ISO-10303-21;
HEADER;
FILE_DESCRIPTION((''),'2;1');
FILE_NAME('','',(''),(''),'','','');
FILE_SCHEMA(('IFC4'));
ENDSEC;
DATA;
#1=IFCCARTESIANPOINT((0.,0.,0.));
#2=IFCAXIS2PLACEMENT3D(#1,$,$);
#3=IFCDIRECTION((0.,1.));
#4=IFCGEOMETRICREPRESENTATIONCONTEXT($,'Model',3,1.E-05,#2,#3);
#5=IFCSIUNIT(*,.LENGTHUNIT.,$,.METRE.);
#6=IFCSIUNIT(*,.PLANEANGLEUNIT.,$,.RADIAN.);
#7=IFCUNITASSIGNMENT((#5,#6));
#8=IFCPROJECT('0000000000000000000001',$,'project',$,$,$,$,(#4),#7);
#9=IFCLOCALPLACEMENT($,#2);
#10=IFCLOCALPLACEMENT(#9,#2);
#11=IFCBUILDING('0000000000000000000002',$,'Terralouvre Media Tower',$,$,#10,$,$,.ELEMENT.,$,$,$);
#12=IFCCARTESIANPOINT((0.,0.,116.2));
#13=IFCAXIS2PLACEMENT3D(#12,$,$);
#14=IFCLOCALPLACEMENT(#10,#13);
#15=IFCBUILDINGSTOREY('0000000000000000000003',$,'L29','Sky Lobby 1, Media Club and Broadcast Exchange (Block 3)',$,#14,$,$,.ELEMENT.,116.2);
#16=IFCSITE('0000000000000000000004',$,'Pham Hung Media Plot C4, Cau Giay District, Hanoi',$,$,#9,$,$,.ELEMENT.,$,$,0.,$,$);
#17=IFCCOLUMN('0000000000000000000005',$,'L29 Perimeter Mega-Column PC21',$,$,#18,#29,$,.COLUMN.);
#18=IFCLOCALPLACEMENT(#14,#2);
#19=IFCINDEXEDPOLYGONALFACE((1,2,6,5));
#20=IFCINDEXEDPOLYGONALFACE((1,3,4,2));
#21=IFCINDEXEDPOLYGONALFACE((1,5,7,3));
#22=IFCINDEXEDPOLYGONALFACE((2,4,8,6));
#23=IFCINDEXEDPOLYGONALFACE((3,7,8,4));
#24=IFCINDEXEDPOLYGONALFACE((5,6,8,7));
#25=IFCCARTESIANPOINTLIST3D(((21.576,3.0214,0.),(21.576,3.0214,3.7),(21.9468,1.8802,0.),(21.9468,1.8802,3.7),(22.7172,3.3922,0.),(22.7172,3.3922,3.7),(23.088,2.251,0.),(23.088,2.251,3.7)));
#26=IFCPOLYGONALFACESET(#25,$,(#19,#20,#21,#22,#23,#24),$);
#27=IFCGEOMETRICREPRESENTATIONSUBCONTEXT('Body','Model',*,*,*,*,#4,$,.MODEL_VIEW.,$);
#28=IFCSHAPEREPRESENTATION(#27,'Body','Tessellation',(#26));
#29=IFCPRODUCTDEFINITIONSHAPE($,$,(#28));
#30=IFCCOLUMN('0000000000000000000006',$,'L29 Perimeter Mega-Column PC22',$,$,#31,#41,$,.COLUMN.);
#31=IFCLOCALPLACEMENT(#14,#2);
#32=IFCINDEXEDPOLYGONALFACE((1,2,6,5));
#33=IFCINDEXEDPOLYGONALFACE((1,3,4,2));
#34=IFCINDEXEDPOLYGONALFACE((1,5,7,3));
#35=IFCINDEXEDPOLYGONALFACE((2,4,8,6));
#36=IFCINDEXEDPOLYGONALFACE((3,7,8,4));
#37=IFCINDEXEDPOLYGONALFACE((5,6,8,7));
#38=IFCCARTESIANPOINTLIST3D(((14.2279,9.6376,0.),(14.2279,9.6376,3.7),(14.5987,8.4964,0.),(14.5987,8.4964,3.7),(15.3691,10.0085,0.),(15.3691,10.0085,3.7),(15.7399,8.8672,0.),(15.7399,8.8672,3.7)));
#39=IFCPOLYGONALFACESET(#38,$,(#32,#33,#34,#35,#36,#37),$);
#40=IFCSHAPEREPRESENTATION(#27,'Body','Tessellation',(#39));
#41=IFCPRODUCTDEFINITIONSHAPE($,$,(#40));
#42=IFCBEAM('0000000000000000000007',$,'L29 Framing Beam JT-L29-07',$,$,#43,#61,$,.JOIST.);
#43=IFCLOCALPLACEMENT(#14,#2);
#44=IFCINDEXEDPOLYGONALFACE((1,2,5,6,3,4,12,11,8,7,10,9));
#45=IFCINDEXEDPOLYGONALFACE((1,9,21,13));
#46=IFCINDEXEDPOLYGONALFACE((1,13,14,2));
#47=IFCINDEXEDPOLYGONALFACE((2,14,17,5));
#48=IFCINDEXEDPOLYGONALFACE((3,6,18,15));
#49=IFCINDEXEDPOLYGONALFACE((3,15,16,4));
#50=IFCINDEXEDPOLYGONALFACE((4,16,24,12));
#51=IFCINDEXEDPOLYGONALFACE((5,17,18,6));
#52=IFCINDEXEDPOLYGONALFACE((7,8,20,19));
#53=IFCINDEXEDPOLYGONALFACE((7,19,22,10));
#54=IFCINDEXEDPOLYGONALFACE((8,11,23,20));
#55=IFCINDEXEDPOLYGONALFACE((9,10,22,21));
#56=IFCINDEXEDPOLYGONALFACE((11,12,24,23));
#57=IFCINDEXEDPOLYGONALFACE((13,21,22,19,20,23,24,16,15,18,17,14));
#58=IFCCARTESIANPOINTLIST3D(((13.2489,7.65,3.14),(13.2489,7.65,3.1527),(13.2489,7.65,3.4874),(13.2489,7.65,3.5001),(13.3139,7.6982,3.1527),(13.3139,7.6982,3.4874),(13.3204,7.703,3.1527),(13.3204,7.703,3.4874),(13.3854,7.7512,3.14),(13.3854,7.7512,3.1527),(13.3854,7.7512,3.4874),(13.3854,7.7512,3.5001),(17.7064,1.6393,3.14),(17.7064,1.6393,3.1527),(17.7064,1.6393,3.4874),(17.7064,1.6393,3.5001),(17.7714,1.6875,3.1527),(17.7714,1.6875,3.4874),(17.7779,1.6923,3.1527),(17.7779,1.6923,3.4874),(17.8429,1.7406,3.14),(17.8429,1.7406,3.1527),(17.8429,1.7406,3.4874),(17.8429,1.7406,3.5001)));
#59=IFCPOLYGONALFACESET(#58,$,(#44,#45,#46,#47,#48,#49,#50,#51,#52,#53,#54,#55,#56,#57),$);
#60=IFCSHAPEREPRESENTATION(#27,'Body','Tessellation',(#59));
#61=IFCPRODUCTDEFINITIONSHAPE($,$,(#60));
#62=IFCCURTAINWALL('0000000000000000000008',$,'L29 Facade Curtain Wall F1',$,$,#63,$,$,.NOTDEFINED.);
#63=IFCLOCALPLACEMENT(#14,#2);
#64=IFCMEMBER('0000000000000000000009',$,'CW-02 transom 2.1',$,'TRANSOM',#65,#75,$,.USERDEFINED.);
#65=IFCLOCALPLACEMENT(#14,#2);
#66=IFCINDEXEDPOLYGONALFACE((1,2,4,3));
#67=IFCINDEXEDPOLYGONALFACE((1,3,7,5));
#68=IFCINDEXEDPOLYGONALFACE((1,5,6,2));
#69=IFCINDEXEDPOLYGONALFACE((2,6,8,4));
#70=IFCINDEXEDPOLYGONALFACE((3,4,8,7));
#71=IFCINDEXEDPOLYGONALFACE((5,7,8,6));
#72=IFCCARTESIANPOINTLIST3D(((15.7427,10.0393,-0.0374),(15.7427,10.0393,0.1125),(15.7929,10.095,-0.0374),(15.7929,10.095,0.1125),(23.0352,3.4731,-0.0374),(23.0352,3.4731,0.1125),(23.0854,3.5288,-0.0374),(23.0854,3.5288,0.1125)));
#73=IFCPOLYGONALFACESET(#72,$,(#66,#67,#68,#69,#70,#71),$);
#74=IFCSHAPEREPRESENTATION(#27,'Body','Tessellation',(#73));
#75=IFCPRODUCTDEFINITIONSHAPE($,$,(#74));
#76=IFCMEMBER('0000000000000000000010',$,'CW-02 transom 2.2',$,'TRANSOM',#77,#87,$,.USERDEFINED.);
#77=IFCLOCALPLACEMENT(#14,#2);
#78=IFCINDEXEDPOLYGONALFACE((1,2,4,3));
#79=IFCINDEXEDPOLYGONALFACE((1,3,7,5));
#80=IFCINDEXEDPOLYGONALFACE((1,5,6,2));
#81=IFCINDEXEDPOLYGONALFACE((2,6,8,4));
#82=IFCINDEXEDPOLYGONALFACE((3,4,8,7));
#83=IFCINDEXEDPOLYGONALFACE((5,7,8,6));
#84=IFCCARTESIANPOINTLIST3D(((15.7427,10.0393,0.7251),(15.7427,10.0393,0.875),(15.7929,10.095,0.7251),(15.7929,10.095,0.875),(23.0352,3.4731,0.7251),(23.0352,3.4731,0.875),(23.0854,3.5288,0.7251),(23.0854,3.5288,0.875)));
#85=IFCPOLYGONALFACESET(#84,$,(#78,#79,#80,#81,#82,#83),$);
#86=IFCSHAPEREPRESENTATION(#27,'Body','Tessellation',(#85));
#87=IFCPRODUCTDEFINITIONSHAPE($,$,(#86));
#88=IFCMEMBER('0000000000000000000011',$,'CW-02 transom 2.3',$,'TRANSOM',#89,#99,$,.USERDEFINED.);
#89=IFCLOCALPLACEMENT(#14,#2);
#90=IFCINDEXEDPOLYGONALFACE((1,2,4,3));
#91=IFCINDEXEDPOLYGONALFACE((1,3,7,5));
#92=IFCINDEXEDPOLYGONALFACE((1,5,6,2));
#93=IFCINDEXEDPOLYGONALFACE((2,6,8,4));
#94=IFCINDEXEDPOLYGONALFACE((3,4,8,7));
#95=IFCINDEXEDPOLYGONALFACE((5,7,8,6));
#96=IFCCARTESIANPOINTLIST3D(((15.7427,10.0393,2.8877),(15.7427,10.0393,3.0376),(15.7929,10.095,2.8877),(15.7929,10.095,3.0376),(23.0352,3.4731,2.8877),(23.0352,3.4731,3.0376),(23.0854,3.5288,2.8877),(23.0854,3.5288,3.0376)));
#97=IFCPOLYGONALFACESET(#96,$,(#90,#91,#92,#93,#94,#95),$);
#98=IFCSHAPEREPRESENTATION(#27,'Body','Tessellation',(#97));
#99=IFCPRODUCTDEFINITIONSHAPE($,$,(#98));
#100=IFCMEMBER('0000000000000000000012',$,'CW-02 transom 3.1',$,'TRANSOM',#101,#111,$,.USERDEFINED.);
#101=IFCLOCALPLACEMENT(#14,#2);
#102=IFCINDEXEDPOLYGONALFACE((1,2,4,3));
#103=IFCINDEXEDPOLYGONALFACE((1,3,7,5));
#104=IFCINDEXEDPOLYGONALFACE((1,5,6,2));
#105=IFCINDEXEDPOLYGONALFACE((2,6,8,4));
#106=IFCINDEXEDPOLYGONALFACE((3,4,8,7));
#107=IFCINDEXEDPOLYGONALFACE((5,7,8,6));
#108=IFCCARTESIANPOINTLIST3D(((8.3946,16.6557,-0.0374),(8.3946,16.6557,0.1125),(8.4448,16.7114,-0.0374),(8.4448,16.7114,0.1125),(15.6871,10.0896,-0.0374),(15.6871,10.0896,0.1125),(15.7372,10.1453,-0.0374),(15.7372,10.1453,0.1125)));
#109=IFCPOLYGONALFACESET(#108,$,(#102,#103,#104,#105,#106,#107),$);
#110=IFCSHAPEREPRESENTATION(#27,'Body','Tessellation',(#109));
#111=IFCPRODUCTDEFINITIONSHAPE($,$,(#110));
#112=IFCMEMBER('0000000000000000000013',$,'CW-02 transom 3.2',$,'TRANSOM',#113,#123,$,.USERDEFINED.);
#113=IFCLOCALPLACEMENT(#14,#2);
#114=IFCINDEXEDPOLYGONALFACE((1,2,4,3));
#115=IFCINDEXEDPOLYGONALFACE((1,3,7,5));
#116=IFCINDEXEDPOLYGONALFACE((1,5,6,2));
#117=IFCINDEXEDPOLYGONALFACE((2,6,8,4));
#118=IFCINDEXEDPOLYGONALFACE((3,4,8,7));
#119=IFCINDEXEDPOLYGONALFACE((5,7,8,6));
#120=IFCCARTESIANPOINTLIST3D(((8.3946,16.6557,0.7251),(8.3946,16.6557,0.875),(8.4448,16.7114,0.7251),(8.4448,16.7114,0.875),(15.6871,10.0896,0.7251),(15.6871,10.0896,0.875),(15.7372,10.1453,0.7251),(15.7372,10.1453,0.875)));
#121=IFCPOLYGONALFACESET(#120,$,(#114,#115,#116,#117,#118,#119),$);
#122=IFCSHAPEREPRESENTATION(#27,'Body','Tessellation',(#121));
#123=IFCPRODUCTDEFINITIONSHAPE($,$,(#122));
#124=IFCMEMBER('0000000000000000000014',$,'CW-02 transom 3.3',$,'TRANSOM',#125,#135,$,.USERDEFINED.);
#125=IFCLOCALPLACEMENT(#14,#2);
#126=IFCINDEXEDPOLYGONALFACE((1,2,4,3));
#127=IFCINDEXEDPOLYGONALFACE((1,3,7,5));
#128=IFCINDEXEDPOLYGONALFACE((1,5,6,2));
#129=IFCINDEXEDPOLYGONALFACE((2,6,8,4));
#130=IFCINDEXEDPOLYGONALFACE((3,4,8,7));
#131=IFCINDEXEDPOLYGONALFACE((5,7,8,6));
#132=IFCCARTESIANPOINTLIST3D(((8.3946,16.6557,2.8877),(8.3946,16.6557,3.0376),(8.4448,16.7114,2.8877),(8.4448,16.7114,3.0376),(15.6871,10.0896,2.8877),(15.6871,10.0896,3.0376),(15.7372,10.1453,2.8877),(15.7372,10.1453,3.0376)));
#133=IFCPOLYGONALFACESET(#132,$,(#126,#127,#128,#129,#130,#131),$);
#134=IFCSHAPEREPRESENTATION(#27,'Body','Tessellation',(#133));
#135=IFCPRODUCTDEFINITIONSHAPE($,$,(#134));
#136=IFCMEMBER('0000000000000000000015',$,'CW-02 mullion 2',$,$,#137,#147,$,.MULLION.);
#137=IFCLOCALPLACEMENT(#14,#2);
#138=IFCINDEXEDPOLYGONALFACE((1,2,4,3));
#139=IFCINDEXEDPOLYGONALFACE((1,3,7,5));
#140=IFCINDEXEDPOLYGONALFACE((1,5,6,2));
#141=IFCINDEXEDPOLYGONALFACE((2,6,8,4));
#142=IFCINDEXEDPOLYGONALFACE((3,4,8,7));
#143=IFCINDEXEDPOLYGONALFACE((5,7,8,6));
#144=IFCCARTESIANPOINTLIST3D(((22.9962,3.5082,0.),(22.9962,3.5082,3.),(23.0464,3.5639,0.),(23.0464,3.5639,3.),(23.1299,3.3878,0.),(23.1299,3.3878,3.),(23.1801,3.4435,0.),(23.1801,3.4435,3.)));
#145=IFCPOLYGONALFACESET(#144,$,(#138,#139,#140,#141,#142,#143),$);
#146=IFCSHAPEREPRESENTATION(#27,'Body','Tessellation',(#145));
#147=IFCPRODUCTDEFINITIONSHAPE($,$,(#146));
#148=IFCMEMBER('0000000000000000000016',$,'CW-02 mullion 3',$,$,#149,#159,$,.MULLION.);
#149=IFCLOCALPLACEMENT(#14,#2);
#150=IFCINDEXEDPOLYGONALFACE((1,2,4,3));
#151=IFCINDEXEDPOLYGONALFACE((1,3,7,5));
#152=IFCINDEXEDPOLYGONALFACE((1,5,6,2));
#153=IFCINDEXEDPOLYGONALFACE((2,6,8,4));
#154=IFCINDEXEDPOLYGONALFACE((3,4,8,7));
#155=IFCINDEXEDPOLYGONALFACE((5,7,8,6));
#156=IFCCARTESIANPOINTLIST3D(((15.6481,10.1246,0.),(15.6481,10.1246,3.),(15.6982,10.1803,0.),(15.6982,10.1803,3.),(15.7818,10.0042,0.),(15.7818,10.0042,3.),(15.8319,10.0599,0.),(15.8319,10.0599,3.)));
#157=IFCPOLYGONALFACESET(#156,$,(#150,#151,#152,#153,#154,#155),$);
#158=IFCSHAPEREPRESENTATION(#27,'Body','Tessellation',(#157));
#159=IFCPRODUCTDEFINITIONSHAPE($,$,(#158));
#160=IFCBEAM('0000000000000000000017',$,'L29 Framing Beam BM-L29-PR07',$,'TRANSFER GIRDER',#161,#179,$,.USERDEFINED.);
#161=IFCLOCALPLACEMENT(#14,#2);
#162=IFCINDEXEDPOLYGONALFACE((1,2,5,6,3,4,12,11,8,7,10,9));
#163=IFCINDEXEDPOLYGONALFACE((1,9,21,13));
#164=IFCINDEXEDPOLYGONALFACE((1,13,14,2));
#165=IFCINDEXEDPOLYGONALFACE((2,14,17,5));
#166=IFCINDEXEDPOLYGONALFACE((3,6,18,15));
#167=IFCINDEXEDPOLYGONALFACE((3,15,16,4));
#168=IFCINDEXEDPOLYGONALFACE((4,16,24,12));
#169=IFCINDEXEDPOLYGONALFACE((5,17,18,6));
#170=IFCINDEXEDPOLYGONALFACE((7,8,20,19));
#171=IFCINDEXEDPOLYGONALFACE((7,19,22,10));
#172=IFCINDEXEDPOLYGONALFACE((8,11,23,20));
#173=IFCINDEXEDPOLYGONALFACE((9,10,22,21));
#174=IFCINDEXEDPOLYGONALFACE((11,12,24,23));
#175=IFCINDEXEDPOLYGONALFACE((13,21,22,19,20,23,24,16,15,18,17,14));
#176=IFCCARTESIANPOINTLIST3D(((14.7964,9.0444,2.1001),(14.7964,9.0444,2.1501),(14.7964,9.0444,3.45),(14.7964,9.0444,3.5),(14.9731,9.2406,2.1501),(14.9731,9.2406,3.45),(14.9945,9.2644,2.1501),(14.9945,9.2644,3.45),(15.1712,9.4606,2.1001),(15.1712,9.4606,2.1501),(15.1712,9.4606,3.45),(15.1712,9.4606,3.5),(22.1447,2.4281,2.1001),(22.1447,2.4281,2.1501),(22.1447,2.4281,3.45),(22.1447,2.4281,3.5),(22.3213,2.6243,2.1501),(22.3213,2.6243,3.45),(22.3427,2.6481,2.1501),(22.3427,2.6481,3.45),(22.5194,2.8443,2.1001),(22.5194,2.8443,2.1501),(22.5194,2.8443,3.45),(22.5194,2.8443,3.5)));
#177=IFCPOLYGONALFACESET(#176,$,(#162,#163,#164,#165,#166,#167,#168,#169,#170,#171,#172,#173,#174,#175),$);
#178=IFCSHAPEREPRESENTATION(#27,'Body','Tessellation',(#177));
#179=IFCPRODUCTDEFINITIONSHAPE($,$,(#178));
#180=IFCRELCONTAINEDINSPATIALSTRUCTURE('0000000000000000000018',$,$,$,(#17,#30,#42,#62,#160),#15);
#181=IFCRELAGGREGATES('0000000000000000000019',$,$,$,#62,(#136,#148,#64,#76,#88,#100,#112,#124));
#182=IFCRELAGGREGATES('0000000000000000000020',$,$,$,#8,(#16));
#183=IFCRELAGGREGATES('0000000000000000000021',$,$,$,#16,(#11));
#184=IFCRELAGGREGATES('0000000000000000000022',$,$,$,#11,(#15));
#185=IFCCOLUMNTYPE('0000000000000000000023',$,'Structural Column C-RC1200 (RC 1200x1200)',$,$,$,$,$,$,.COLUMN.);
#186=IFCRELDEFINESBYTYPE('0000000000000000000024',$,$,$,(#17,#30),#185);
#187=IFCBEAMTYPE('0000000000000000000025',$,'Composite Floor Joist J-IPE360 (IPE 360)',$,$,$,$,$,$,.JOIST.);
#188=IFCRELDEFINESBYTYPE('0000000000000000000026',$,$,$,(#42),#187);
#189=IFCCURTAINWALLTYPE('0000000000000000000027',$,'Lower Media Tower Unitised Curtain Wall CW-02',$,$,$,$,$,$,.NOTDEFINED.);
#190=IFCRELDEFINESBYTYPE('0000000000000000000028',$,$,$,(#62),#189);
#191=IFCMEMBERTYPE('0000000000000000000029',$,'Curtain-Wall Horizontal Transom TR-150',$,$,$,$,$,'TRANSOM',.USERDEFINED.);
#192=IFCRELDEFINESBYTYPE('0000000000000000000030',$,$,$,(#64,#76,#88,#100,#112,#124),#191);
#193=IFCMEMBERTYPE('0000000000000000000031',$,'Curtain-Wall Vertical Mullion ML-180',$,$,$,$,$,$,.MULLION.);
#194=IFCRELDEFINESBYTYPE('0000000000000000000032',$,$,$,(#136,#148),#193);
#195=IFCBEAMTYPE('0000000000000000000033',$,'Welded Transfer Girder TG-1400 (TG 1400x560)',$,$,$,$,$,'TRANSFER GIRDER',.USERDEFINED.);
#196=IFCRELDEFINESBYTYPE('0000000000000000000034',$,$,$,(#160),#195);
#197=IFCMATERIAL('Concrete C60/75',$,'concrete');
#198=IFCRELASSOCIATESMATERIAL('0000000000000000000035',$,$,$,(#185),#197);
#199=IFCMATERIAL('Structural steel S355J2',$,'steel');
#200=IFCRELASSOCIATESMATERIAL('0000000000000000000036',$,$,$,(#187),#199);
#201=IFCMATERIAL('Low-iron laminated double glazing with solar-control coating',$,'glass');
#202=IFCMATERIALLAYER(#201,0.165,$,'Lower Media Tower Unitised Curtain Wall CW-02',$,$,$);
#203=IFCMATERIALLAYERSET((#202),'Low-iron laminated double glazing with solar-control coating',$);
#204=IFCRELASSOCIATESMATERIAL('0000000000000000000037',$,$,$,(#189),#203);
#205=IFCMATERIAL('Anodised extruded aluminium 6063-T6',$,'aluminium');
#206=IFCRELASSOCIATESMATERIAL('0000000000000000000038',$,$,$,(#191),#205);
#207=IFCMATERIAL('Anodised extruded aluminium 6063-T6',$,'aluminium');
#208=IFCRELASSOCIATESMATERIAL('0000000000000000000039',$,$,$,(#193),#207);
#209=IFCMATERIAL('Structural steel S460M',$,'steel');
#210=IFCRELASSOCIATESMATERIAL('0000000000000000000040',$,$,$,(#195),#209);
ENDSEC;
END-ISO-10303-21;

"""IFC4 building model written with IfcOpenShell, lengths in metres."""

from ifc_helpers import new_model, si_unit, direction, frame, origin, origin_2d, place, context, subcontext, project, spatial, rectangle, i_section, extrude, material, layer, layer_set, material_profile, profile_set, type_object, element, aggregate, save


model = new_model("IFC4")

# Units and contexts
model_context = context("Model", 3, precision=1e-05, world=origin(), true_north=direction((0.0, 1.0)))
body_context = subcontext(model_context, "Body", "Model", "MODEL_VIEW")
ifc_project = project(units=[si_unit("LENGTHUNIT", "METRE"), si_unit("PLANEANGLEUNIT", "RADIAN")], contexts=[model_context])

# Site, building, storey
site_placement = place(None, origin())
site = spatial("IfcSite", under=ifc_project, at=site_placement, Name="Pham Hung Media Plot C4, Cau Giay District, Hanoi", CompositionType="ELEMENT", RefElevation=0.0)
building_placement = place(site_placement, origin())
building = spatial("IfcBuilding", under=site, at=building_placement, Name="Terralouvre Media Tower", CompositionType="ELEMENT")
storey_placement = place(building_placement, frame((0.0, 0.0, 116.2)))
storey = spatial("IfcBuildingStorey", under=building, at=storey_placement, Name="L29", Description="Sky Lobby 1, Media Club and Broadcast Exchange (Block 3)", CompositionType="ELEMENT", Elevation=116.2)

# Columns
ifc_material_1 = material(Name="Concrete C60/75", Category="concrete")
ifc_material_profile_1 = material_profile(ifc_material_1, rectangle(XDim=1.2, YDim=1.2, at=origin_2d()), Name="RC 1200x1200")
ifc_profile_set_1 = profile_set([ifc_material_profile_1], Name="Concrete C60/75")
column_type = type_object("IfcColumnType", Name="Structural Column C-RC1200 (RC 1200x1200)", PredefinedType="COLUMN", material=ifc_profile_set_1)
for number, where, z_axis, x_axis, name in (
    (1, (22.332, 2.6362, 0.0), (0.0, 0.0, 1.0), (0.951057, 0.309017, 0.0), "L29 Perimeter Mega-Column PC21"),
    (2, (14.9839, 9.2524, 0.0), (0.0, 0.0, 1.0), (0.951057, 0.309017, 0.0), "L29 Perimeter Mega-Column PC22"),
):
    element("IfcColumn", number, at=place(storey_placement, frame(where, z_axis=z_axis, x_axis=x_axis)), inside=storey, type_object=column_type, Name=name, PredefinedType="COLUMN", context=body_context, shape_type="SweptSolid", body=[
        extrude(rectangle(XDim=1.2, YDim=1.2, at=origin_2d()), origin(), (0.0, 0.0, 1.0), 3.7),
    ])

# Beam
ifc_material_2 = material(Name="Structural steel S355J2", Category="steel")
ifc_material_profile_2 = material_profile(ifc_material_2, i_section(OverallWidth=0.1699, OverallDepth=0.3601, WebThickness=0.0081, FlangeThickness=0.0127, at=origin_2d()), Name="IPE 360")
ifc_profile_set_2 = profile_set([ifc_material_profile_2], Name="Structural steel S355J2")
beam_type_1 = type_object("IfcBeamType", Name="Composite Floor Joist J-IPE360 (IPE 360)", PredefinedType="JOIST", material=ifc_profile_set_2)
beam_1_placement = place(storey_placement, frame((17.7747, 1.6899, 3.3201), z_axis=(-0.595669, 0.80323, 0.0), x_axis=(-0.80323, -0.595669, 0.0)))
element("IfcBeam", 3, at=beam_1_placement, inside=storey, type_object=beam_type_1, Name="L29 Framing Beam JT-L29-07", PredefinedType="JOIST", context=body_context, shape_type="SweptSolid", body=[
    extrude(i_section(OverallWidth=0.1699, OverallDepth=0.3601, WebThickness=0.0081, FlangeThickness=0.0127, at=origin_2d()), origin(), (0.0, 0.0, 1.0), 7.4832),
])

# Curtain wall, members
ifc_material_3 = material(Name="Low-iron laminated double glazing with solar-control coating", Category="glass")
ifc_layer_1 = layer(ifc_material_3, 0.165, Name="Lower Media Tower Unitised Curtain Wall CW-02")
ifc_layer_set_1 = layer_set([ifc_layer_1], Name="Low-iron laminated double glazing with solar-control coating")
curtain_wall_type = type_object("IfcCurtainWallType", Name="Lower Media Tower Unitised Curtain Wall CW-02", PredefinedType="NOTDEFINED", material=ifc_layer_set_1)
curtain_wall_placement = place(storey_placement, origin())
curtain_wall = element("IfcCurtainWall", 4, at=curtain_wall_placement, inside=storey, type_object=curtain_wall_type, Name="L29 Facade Curtain Wall F1", PredefinedType="NOTDEFINED")
ifc_material_4 = material(Name="Anodised extruded aluminium 6063-T6", Category="aluminium")
ifc_material_profile_3 = material_profile(ifc_material_4, rectangle(XDim=0.075, YDim=0.1499, at=origin_2d()), Name="ALU 75x150")
ifc_profile_set_3 = profile_set([ifc_material_profile_3], Name="Anodised extruded aluminium 6063-T6")
member_type_1 = type_object("IfcMemberType", Name="Curtain-Wall Horizontal Transom TR-150", ElementType="TRANSOM", PredefinedType="USERDEFINED", material=ifc_profile_set_3)
member_1_placement = place(storey_placement, frame((23.0603, 3.501, 0.0376), z_axis=(-0.743146, 0.66913, 0.0), x_axis=(-0.66913, -0.743146, 0.0)))
member_1 = element("IfcMember", 5, at=member_1_placement, type_object=member_type_1, Name="CW-02 transom 2.1", ObjectType="TRANSOM", PredefinedType="USERDEFINED", context=body_context, shape_type="SweptSolid", body=[
    extrude(rectangle(XDim=0.075, YDim=0.1499, at=origin_2d()), origin(), (0.0, 0.0, 1.0), 9.813),
])
member_2_placement = place(storey_placement, frame((23.0603, 3.501, 0.8), z_axis=(-0.743146, 0.66913, 0.0), x_axis=(-0.66913, -0.743146, 0.0)))
member_2 = element("IfcMember", 6, at=member_2_placement, type_object=member_type_1, Name="CW-02 transom 2.2", ObjectType="TRANSOM", PredefinedType="USERDEFINED", context=body_context, shape_type="SweptSolid", body=[
    extrude(rectangle(XDim=0.075, YDim=0.1499, at=origin_2d()), origin(), (0.0, 0.0, 1.0), 9.813),
])
member_3_placement = place(storey_placement, frame((23.0603, 3.501, 2.9626), z_axis=(-0.743146, 0.66913, 0.0), x_axis=(-0.66913, -0.743146, 0.0)))
member_3 = element("IfcMember", 7, at=member_3_placement, type_object=member_type_1, Name="CW-02 transom 2.3", ObjectType="TRANSOM", PredefinedType="USERDEFINED", context=body_context, shape_type="SweptSolid", body=[
    extrude(rectangle(XDim=0.075, YDim=0.1499, at=origin_2d()), origin(), (0.0, 0.0, 1.0), 9.813),
])
member_4_placement = place(storey_placement, frame((15.7122, 10.1174, 0.0376), z_axis=(-0.743146, 0.66913, 0.0), x_axis=(-0.66913, -0.743146, 0.0)))
member_4 = element("IfcMember", 8, at=member_4_placement, type_object=member_type_1, Name="CW-02 transom 3.1", ObjectType="TRANSOM", PredefinedType="USERDEFINED", context=body_context, shape_type="SweptSolid", body=[
    extrude(rectangle(XDim=0.075, YDim=0.1499, at=origin_2d()), origin(), (0.0, 0.0, 1.0), 9.813),
])
member_5_placement = place(storey_placement, frame((15.7122, 10.1174, 0.8), z_axis=(-0.743146, 0.66913, 0.0), x_axis=(-0.66913, -0.743146, 0.0)))
member_5 = element("IfcMember", 9, at=member_5_placement, type_object=member_type_1, Name="CW-02 transom 3.2", ObjectType="TRANSOM", PredefinedType="USERDEFINED", context=body_context, shape_type="SweptSolid", body=[
    extrude(rectangle(XDim=0.075, YDim=0.1499, at=origin_2d()), origin(), (0.0, 0.0, 1.0), 9.813),
])
member_6_placement = place(storey_placement, frame((15.7122, 10.1174, 2.9626), z_axis=(-0.743146, 0.66913, 0.0), x_axis=(-0.66913, -0.743146, 0.0)))
member_6 = element("IfcMember", 10, at=member_6_placement, type_object=member_type_1, Name="CW-02 transom 3.3", ObjectType="TRANSOM", PredefinedType="USERDEFINED", context=body_context, shape_type="SweptSolid", body=[
    extrude(rectangle(XDim=0.075, YDim=0.1499, at=origin_2d()), origin(), (0.0, 0.0, 1.0), 9.813),
])
ifc_material_5 = material(Name="Anodised extruded aluminium 6063-T6", Category="aluminium")
ifc_material_profile_4 = material_profile(ifc_material_5, rectangle(XDim=0.075, YDim=0.1799, at=origin_2d()), Name="ALU 75x180")
ifc_profile_set_4 = profile_set([ifc_material_profile_4], Name="Anodised extruded aluminium 6063-T6")
member_type_2 = type_object("IfcMemberType", Name="Curtain-Wall Vertical Mullion ML-180", PredefinedType="MULLION", material=ifc_profile_set_4)
member_7_placement = place(storey_placement, frame((23.0881, 3.4758, 0.0), z_axis=(0.0, 0.0, 1.0), x_axis=(-0.669131, -0.743145, 0.0)))
member_7 = element("IfcMember", 11, at=member_7_placement, type_object=member_type_2, Name="CW-02 mullion 2", PredefinedType="MULLION", context=body_context, shape_type="SweptSolid", body=[
    extrude(rectangle(XDim=0.075, YDim=0.1799, at=origin_2d()), origin(), (0.0, 0.0, 1.0), 3.0),
])
member_8_placement = place(storey_placement, frame((15.74, 10.0923, 0.0), z_axis=(0.0, 0.0, 1.0), x_axis=(-0.669131, -0.743145, 0.0)))
member_8 = element("IfcMember", 12, at=member_8_placement, type_object=member_type_2, Name="CW-02 mullion 3", PredefinedType="MULLION", context=body_context, shape_type="SweptSolid", body=[
    extrude(rectangle(XDim=0.075, YDim=0.1799, at=origin_2d()), origin(), (0.0, 0.0, 1.0), 3.0),
])

# Beam
ifc_material_6 = material(Name="Structural steel S460M", Category="steel")
ifc_material_profile_5 = material_profile(ifc_material_6, i_section(OverallWidth=0.5601, OverallDepth=1.3999, WebThickness=0.032, FlangeThickness=0.05, at=origin_2d()), Name="TG 1400x560")
ifc_profile_set_5 = profile_set([ifc_material_profile_5], Name="Structural steel S460M")
beam_type_2 = type_object("IfcBeamType", Name="Welded Transfer Girder TG-1400 (TG 1400x560)", ElementType="TRANSFER GIRDER", PredefinedType="USERDEFINED", material=ifc_profile_set_5)
beam_2_placement = place(storey_placement, frame((22.332, 2.6362, 2.8), z_axis=(-0.743149, 0.669126, 0.0), x_axis=(-0.669126, -0.743149, 0.0)))
element("IfcBeam", 13, at=beam_2_placement, inside=storey, type_object=beam_type_2, Name="L29 Framing Beam BM-L29-PR07", ObjectType="TRANSFER GIRDER", PredefinedType="USERDEFINED", context=body_context, shape_type="SweptSolid", body=[
    extrude(i_section(OverallWidth=0.5601, OverallDepth=1.3999, WebThickness=0.032, FlangeThickness=0.05, at=origin_2d()), origin(), (0.0, 0.0, 1.0), 9.8879),
])

aggregate(curtain_wall, [member_7, member_8, member_1, member_2, member_3, member_4, member_5, member_6])

save(model, "model.ifc")
